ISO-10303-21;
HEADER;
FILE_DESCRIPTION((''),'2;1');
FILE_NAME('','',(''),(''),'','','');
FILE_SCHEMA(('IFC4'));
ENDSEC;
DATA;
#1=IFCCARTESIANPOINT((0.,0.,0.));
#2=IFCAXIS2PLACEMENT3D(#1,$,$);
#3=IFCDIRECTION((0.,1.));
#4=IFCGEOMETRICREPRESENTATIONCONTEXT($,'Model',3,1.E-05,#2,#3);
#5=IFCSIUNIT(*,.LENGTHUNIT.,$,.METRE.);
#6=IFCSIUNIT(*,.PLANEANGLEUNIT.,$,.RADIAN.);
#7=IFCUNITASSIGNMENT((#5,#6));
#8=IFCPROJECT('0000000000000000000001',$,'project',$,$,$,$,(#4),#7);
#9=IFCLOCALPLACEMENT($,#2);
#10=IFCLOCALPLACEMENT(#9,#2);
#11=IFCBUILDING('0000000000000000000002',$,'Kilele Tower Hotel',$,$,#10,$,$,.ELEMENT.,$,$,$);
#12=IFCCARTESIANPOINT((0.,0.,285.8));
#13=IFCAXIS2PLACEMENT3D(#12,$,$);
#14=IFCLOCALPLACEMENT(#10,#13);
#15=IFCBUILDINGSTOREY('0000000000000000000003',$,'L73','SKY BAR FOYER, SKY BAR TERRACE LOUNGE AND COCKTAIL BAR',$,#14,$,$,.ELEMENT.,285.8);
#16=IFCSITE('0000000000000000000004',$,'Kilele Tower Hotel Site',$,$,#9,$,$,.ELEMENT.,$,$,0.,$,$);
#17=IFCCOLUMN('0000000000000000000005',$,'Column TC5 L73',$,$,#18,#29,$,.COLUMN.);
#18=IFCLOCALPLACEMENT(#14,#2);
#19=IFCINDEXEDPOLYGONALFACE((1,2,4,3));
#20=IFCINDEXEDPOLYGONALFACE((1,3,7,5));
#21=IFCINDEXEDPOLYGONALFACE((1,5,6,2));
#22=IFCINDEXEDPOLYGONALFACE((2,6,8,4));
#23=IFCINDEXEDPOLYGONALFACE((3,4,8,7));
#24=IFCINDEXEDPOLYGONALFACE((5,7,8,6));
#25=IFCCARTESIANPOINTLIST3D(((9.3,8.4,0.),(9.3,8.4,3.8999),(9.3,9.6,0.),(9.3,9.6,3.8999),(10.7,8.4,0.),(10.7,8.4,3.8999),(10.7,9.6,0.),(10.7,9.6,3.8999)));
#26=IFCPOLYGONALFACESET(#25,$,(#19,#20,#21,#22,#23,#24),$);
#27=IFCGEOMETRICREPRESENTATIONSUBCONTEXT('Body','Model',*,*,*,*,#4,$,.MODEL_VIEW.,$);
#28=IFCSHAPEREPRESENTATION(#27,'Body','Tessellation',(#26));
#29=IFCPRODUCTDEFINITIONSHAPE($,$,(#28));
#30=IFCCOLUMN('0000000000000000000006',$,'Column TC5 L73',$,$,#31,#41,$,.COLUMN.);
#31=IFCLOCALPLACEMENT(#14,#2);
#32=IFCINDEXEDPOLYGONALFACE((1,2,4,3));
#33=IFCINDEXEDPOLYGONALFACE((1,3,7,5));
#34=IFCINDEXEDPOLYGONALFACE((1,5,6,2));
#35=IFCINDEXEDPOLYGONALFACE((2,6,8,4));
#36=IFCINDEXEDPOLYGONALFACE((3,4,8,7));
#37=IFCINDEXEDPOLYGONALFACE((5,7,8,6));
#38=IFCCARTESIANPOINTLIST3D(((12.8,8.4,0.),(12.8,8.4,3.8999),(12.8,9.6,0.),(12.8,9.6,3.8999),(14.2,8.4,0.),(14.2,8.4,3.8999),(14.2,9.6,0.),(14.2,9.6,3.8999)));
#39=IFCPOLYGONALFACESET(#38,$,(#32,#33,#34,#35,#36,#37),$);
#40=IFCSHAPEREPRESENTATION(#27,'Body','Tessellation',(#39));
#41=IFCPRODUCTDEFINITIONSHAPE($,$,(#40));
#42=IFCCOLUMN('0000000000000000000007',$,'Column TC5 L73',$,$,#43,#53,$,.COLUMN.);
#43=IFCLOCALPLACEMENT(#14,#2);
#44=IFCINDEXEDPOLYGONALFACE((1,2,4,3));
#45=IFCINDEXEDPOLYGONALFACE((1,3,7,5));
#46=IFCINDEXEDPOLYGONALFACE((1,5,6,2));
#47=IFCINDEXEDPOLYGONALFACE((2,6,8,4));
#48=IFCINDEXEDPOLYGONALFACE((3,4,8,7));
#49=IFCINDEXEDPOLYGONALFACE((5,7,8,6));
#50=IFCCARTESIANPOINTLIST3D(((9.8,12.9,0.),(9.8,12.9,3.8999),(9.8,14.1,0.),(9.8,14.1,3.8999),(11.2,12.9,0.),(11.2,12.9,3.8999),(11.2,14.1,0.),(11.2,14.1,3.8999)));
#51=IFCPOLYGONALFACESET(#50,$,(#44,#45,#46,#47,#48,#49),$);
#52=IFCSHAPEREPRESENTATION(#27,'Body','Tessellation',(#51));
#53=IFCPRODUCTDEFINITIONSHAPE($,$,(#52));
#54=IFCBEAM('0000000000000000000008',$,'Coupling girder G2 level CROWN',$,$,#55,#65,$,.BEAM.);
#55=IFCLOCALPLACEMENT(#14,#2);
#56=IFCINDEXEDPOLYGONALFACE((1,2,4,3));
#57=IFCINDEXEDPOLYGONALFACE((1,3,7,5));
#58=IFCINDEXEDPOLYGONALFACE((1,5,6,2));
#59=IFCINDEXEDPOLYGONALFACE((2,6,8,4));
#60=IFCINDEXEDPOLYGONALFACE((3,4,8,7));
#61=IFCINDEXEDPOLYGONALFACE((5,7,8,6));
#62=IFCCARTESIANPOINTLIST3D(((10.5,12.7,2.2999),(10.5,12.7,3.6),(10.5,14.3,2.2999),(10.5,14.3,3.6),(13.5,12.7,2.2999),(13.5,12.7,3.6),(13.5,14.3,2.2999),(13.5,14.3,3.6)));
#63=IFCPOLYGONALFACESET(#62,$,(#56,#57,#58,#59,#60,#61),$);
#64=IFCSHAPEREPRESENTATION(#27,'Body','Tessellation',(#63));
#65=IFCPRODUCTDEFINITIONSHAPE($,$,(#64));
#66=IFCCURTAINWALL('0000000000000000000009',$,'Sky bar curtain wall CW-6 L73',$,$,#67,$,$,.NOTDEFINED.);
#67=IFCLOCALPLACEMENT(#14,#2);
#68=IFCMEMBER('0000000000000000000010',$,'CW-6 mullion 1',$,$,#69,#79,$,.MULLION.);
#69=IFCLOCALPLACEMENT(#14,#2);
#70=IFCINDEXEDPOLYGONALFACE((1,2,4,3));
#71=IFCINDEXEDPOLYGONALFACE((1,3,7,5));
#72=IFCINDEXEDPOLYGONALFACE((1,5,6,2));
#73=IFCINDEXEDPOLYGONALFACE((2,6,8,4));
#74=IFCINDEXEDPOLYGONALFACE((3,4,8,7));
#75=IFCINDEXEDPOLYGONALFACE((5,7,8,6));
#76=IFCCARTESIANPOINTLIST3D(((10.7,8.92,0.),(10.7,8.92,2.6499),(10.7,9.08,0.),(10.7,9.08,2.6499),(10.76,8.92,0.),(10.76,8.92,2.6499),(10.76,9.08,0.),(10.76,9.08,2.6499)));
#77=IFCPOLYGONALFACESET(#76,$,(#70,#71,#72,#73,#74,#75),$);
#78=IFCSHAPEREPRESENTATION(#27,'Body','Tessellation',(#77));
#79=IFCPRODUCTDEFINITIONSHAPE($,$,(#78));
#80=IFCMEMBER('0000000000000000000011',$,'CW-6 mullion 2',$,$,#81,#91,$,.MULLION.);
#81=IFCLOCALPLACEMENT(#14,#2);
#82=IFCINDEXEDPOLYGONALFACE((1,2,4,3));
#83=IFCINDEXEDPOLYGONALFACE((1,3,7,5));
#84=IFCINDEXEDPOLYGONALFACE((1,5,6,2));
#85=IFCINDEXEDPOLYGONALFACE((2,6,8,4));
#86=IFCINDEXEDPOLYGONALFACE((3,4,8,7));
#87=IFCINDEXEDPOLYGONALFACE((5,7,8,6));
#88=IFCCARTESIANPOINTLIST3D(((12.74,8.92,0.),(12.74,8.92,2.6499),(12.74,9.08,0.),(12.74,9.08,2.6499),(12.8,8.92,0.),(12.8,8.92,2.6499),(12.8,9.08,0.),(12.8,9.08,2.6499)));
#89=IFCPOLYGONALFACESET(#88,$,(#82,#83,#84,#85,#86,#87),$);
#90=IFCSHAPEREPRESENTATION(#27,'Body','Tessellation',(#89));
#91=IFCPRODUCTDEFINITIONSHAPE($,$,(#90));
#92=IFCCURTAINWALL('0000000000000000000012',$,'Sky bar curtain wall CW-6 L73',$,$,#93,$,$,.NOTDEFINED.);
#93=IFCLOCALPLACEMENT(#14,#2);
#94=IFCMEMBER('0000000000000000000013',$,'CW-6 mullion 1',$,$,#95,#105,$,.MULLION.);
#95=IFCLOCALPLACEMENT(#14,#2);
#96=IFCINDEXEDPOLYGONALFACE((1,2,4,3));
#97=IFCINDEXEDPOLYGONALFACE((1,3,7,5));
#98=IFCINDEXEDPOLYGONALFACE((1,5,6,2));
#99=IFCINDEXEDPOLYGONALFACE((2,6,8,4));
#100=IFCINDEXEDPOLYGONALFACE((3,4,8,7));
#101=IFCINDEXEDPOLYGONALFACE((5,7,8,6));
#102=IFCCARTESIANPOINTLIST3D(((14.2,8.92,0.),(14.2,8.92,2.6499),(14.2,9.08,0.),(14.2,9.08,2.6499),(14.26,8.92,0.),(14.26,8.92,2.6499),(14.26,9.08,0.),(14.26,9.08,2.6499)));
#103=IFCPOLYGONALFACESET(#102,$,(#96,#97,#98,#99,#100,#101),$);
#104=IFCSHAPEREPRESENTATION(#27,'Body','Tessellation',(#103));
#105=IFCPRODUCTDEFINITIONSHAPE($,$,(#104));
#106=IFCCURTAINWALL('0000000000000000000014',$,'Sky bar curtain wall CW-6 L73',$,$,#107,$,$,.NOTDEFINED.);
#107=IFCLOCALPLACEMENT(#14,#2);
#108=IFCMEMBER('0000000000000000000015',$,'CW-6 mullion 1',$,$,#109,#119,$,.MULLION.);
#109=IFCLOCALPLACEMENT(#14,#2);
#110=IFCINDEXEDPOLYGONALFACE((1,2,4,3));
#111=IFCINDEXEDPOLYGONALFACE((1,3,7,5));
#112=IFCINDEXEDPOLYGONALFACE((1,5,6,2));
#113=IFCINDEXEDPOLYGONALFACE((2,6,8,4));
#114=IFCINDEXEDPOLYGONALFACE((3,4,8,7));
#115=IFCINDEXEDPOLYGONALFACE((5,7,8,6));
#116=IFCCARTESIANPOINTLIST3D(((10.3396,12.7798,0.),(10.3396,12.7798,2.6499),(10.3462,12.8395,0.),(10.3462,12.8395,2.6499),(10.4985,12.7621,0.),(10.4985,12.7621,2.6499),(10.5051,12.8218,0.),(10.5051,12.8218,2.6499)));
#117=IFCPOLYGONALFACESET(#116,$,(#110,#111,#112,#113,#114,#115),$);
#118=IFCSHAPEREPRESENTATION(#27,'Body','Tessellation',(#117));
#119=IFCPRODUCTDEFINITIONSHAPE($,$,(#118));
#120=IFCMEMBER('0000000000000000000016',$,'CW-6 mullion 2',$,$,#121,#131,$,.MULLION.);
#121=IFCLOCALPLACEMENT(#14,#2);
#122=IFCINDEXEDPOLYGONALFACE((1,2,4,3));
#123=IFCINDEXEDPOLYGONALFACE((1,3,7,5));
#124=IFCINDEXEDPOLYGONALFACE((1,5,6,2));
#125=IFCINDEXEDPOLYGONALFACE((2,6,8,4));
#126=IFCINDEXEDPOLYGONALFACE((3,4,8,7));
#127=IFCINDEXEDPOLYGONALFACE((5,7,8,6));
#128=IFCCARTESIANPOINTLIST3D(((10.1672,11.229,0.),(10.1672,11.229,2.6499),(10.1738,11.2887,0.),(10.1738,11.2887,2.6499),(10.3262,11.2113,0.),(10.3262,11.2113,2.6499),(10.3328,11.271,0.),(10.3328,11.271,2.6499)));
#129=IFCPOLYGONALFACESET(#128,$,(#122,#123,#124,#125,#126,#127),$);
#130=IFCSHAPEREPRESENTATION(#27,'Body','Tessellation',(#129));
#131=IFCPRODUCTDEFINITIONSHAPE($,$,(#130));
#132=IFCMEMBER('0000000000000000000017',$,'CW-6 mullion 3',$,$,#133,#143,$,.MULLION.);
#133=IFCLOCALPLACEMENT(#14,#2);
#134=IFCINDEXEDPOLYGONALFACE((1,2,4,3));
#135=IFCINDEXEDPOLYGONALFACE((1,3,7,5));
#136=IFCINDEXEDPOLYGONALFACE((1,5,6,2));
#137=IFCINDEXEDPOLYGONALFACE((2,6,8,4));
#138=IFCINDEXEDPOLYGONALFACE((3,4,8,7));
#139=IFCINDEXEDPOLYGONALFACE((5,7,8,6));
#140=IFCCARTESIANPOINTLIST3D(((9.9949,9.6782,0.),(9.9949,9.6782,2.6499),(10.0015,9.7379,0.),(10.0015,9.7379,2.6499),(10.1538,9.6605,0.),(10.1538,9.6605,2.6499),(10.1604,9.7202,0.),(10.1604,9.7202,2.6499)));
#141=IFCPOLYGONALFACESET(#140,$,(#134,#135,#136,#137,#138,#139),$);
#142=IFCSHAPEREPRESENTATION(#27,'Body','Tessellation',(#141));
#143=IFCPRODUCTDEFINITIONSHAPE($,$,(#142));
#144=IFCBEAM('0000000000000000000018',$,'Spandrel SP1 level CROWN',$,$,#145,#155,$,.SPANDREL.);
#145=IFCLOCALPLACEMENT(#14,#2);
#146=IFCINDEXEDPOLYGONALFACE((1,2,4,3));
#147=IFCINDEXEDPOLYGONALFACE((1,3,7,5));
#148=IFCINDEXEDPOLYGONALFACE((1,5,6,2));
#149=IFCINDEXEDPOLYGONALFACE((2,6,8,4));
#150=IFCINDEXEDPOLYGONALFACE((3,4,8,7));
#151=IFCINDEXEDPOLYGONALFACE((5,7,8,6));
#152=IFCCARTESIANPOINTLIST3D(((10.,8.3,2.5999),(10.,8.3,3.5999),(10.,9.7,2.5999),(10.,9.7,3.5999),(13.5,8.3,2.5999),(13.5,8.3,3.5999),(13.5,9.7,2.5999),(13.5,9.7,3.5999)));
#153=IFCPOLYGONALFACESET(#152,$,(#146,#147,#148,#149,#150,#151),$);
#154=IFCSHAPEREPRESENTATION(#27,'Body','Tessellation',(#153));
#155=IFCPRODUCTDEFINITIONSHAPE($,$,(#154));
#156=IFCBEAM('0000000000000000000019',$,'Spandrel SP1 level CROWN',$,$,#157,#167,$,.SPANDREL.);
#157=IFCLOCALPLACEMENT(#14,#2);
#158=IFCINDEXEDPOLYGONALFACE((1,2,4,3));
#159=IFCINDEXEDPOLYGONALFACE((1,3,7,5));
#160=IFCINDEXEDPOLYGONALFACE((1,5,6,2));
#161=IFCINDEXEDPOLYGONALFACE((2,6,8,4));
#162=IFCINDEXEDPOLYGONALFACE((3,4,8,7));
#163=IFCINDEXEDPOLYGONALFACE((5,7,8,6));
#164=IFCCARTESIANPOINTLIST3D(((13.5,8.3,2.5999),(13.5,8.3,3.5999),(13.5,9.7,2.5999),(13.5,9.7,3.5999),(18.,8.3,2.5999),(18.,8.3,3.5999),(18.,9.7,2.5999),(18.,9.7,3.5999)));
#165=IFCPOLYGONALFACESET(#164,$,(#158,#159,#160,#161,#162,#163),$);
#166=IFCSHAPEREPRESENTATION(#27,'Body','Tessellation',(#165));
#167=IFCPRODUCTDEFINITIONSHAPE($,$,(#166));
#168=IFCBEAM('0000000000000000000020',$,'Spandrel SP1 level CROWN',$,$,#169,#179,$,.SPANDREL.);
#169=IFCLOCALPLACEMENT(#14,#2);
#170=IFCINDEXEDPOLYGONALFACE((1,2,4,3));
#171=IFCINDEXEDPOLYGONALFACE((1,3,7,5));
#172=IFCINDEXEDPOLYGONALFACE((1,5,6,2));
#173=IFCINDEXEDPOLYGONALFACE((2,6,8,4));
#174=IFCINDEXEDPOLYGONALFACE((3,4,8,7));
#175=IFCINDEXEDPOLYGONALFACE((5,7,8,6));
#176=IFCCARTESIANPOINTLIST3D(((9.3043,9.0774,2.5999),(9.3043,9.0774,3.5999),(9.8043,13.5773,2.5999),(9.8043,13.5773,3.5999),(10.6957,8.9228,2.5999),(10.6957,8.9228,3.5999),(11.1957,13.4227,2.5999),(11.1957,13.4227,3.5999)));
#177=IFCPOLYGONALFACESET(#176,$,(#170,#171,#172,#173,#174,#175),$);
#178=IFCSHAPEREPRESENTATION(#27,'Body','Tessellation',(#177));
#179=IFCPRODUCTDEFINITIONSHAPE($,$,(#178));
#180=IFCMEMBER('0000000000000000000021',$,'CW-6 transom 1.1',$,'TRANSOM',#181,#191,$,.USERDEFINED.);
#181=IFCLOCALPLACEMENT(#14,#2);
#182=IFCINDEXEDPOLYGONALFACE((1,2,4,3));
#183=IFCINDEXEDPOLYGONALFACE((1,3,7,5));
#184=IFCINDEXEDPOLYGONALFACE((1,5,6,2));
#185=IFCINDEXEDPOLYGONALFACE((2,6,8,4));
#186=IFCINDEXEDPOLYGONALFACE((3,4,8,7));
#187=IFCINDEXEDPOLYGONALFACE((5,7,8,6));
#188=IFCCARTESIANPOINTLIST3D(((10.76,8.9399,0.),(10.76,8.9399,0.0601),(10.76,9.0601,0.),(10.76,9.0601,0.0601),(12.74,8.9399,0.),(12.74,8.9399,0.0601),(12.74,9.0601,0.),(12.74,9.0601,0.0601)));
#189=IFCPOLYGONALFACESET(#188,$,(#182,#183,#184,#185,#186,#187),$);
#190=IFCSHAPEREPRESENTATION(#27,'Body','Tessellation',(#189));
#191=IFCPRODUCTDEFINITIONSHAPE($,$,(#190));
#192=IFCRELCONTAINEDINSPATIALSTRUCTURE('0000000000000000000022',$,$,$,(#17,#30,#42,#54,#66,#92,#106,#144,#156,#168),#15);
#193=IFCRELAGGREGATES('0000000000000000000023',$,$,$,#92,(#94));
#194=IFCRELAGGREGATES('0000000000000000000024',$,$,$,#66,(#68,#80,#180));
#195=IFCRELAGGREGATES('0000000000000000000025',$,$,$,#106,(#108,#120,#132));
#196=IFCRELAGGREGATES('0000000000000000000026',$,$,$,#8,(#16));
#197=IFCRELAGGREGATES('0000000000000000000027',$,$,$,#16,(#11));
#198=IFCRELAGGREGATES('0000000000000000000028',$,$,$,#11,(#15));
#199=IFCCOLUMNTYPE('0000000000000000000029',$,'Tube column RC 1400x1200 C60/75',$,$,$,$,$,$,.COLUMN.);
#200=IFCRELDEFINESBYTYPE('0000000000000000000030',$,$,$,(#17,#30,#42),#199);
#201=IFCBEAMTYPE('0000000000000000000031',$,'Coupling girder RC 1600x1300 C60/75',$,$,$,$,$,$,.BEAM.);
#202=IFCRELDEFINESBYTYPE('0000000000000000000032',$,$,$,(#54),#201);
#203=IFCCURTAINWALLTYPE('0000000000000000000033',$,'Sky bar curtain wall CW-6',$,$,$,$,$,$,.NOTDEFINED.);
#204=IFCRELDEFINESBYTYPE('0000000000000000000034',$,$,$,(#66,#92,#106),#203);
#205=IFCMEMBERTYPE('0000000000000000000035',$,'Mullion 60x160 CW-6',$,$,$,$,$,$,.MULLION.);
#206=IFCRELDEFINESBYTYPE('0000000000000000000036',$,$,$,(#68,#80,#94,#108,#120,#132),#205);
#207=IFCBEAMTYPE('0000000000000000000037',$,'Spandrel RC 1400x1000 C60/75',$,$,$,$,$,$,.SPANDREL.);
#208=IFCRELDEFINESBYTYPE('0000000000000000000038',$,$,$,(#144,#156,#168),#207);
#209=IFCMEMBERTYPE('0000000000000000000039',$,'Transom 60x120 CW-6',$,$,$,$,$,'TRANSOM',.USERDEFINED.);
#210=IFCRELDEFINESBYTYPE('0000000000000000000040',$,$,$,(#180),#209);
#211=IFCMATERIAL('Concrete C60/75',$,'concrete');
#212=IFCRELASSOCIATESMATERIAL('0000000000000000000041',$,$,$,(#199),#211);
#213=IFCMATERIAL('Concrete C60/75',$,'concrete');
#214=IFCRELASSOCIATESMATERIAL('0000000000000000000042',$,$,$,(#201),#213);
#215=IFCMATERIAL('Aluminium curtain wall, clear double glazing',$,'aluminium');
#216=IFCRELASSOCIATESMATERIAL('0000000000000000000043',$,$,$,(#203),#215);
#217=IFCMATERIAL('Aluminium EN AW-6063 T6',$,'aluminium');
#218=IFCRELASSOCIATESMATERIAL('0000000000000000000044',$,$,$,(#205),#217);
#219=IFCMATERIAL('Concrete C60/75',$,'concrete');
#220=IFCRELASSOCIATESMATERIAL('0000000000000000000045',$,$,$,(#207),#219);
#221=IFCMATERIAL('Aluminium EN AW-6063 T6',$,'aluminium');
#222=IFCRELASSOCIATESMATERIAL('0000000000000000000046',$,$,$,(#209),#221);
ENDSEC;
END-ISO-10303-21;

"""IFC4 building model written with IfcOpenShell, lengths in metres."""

from ifc_helpers import new_model, si_unit, direction, frame, origin, origin_2d, place, context, subcontext, project, spatial, rectangle, extrude, material, material_profile, profile_set, type_object, element, aggregate, save


model = new_model("IFC4")

# Units and contexts
model_context = context("Model", 3, precision=1e-05, world=origin(), true_north=direction((0.0, 1.0)))
body_context = subcontext(model_context, "Body", "Model", "MODEL_VIEW")
ifc_project = project(units=[si_unit("LENGTHUNIT", "METRE"), si_unit("PLANEANGLEUNIT", "RADIAN")], contexts=[model_context])

# Site, building, storey
site_placement = place(None, origin())
site = spatial("IfcSite", under=ifc_project, at=site_placement, Name="Kilele Tower Hotel Site", CompositionType="ELEMENT", RefElevation=0.0)
building_placement = place(site_placement, origin())
building = spatial("IfcBuilding", under=site, at=building_placement, Name="Kilele Tower Hotel", CompositionType="ELEMENT")
storey_placement = place(building_placement, frame((0.0, 0.0, 285.8)))
storey = spatial("IfcBuildingStorey", under=building, at=storey_placement, Name="L73", Description="SKY BAR FOYER, SKY BAR TERRACE LOUNGE AND COCKTAIL BAR", CompositionType="ELEMENT", Elevation=285.8)

# Columns
ifc_material_1 = material(Name="Concrete C60/75", Category="concrete")
ifc_material_profile_1 = material_profile(ifc_material_1, rectangle(XDim=1.3999, YDim=1.2, at=origin_2d()))
ifc_profile_set_1 = profile_set([ifc_material_profile_1], Name="Concrete C60/75")
column_type = type_object("IfcColumnType", Name="Tube column RC 1400x1200 C60/75", PredefinedType="COLUMN", material=ifc_profile_set_1)
for number, where, z_axis, x_axis, name in (
    (1, (10.0, 9.0, 0.0), (0.0, 0.0, 1.0), (1.0, 0.0, 0.0), "Column TC5 L73"),
    (2, (13.5, 9.0, 0.0), (0.0, 0.0, 1.0), (1.0, 0.0, 0.0), "Column TC5 L73"),
    (3, (10.5, 13.5, 0.0), (0.0, 0.0, 1.0), (1.0, 0.0, 0.0), "Column TC5 L73"),
):
    element("IfcColumn", number, at=place(storey_placement, frame(where, z_axis=z_axis, x_axis=x_axis)), inside=storey, type_object=column_type, Name=name, PredefinedType="COLUMN", context=body_context, shape_type="SweptSolid", body=[
        extrude(rectangle(XDim=1.3999, YDim=1.2, at=origin_2d()), origin(), (0.0, 0.0, 1.0), 3.8999),
    ])

# Beam
ifc_material_2 = material(Name="Concrete C60/75", Category="concrete")
ifc_material_profile_2 = material_profile(ifc_material_2, rectangle(XDim=1.6001, YDim=1.3, at=origin_2d()))
ifc_profile_set_2 = profile_set([ifc_material_profile_2], Name="Concrete C60/75")
beam_type_1 = type_object("IfcBeamType", Name="Coupling girder RC 1600x1300 C60/75", PredefinedType="BEAM", material=ifc_profile_set_2)
beam_1_placement = place(storey_placement, frame((10.5, 13.5, 2.95), z_axis=(1.0, 0.0, 0.0), x_axis=(0.0, 1.0, 0.0)))
element("IfcBeam", 4, at=beam_1_placement, inside=storey, type_object=beam_type_1, Name="Coupling girder G2 level CROWN", PredefinedType="BEAM", context=body_context, shape_type="SweptSolid", body=[
    extrude(rectangle(XDim=1.6001, YDim=1.3, at=origin_2d()), origin(), (0.0, 0.0, 1.0), 3.0),
])

# Curtain wall, members
ifc_material_3 = material(Name="Aluminium curtain wall, clear double glazing", Category="aluminium")
curtain_wall_type = type_object("IfcCurtainWallType", Name="Sky bar curtain wall CW-6", PredefinedType="NOTDEFINED", material=ifc_material_3)
curtain_wall_1_placement = place(storey_placement, origin())
curtain_wall_1 = element("IfcCurtainWall", 5, at=curtain_wall_1_placement, inside=storey, type_object=curtain_wall_type, Name="Sky bar curtain wall CW-6 L73", PredefinedType="NOTDEFINED")
ifc_material_4 = material(Name="Aluminium EN AW-6063 T6", Category="aluminium")
ifc_material_profile_3 = material_profile(ifc_material_4, rectangle(XDim=0.1599, YDim=0.0601, at=origin_2d()))
ifc_profile_set_3 = profile_set([ifc_material_profile_3], Name="Aluminium EN AW-6063 T6")
member_type_1 = type_object("IfcMemberType", Name="Mullion 60x160 CW-6", PredefinedType="MULLION", material=ifc_profile_set_3)
member_1_placement = place(storey_placement, frame((10.73, 9.0, 0.0), z_axis=(0.0, 0.0, 1.0), x_axis=(0.0, 1.0, 0.0)))
member_1 = element("IfcMember", 6, at=member_1_placement, type_object=member_type_1, Name="CW-6 mullion 1", PredefinedType="MULLION", context=body_context, shape_type="SweptSolid", body=[
    extrude(rectangle(XDim=0.1599, YDim=0.0601, at=origin_2d()), origin(), (0.0, 0.0, 1.0), 2.6499),
])
member_2_placement = place(storey_placement, frame((12.77, 9.0, 0.0), z_axis=(0.0, 0.0, 1.0), x_axis=(0.0, 1.0, 0.0)))
member_2 = element("IfcMember", 7, at=member_2_placement, type_object=member_type_1, Name="CW-6 mullion 2", PredefinedType="MULLION", context=body_context, shape_type="SweptSolid", body=[
    extrude(rectangle(XDim=0.1599, YDim=0.0601, at=origin_2d()), origin(), (0.0, 0.0, 1.0), 2.6499),
])

# Curtain wall, member
curtain_wall_2_placement = place(storey_placement, origin())
curtain_wall_2 = element("IfcCurtainWall", 8, at=curtain_wall_2_placement, inside=storey, type_object=curtain_wall_type, Name="Sky bar curtain wall CW-6 L73", PredefinedType="NOTDEFINED")
member_3_placement = place(storey_placement, frame((14.23, 9.0, 0.0), z_axis=(0.0, 0.0, 1.0), x_axis=(0.0, 1.0, 0.0)))
member_3 = element("IfcMember", 9, at=member_3_placement, type_object=member_type_1, Name="CW-6 mullion 1", PredefinedType="MULLION", context=body_context, shape_type="SweptSolid", body=[
    extrude(rectangle(XDim=0.1599, YDim=0.0601, at=origin_2d()), origin(), (0.0, 0.0, 1.0), 2.6499),
])

# Curtain wall, members
curtain_wall_3_placement = place(storey_placement, origin())
curtain_wall_3 = element("IfcCurtainWall", 10, at=curtain_wall_3_placement, inside=storey, type_object=curtain_wall_type, Name="Sky bar curtain wall CW-6 L73", PredefinedType="NOTDEFINED")
member_4_placement = place(storey_placement, frame((10.4224, 12.8008, 0.0), z_axis=(0.0, 0.0, 1.0), x_axis=(0.993884, -0.110432, 0.0)))
member_4 = element("IfcMember", 11, at=member_4_placement, type_object=member_type_1, Name="CW-6 mullion 1", PredefinedType="MULLION", context=body_context, shape_type="SweptSolid", body=[
    extrude(rectangle(XDim=0.1599, YDim=0.0601, at=origin_2d()), origin(), (0.0, 0.0, 1.0), 2.6499),
])
member_5_placement = place(storey_placement, frame((10.25, 11.25, 0.0), z_axis=(0.0, 0.0, 1.0), x_axis=(0.993884, -0.110432, 0.0)))
member_5 = element("IfcMember", 12, at=member_5_placement, type_object=member_type_1, Name="CW-6 mullion 2", PredefinedType="MULLION", context=body_context, shape_type="SweptSolid", body=[
    extrude(rectangle(XDim=0.1599, YDim=0.0601, at=origin_2d()), origin(), (0.0, 0.0, 1.0), 2.6499),
])
member_6_placement = place(storey_placement, frame((10.0776, 9.6992, 0.0), z_axis=(0.0, 0.0, 1.0), x_axis=(0.993884, -0.110432, 0.0)))
member_6 = element("IfcMember", 13, at=member_6_placement, type_object=member_type_1, Name="CW-6 mullion 3", PredefinedType="MULLION", context=body_context, shape_type="SweptSolid", body=[
    extrude(rectangle(XDim=0.1599, YDim=0.0601, at=origin_2d()), origin(), (0.0, 0.0, 1.0), 2.6499),
])

# Beams
ifc_material_5 = material(Name="Concrete C60/75", Category="concrete")
ifc_material_profile_4 = material_profile(ifc_material_5, rectangle(XDim=1.3999, YDim=1.0, at=origin_2d()))
ifc_profile_set_4 = profile_set([ifc_material_profile_4], Name="Concrete C60/75")
beam_type_2 = type_object("IfcBeamType", Name="Spandrel RC 1400x1000 C60/75", PredefinedType="SPANDREL", material=ifc_profile_set_4)
beam_2_placement = place(storey_placement, frame((10.0, 9.0, 3.0999), z_axis=(1.0, 0.0, 0.0), x_axis=(0.0, 1.0, 0.0)))
element("IfcBeam", 14, at=beam_2_placement, inside=storey, type_object=beam_type_2, Name="Spandrel SP1 level CROWN", PredefinedType="SPANDREL", context=body_context, shape_type="SweptSolid", body=[
    extrude(rectangle(XDim=1.3999, YDim=1.0, at=origin_2d()), origin(), (0.0, 0.0, 1.0), 3.5),
])
beam_3_placement = place(storey_placement, frame((13.5, 9.0, 3.0999), z_axis=(1.0, 0.0, 0.0), x_axis=(0.0, 1.0, 0.0)))
element("IfcBeam", 15, at=beam_3_placement, inside=storey, type_object=beam_type_2, Name="Spandrel SP1 level CROWN", PredefinedType="SPANDREL", context=body_context, shape_type="SweptSolid", body=[
    extrude(rectangle(XDim=1.3999, YDim=1.0, at=origin_2d()), origin(), (0.0, 0.0, 1.0), 4.5),
])
beam_4_placement = place(storey_placement, frame((10.5, 13.5, 3.0999), z_axis=(-0.110432, -0.993884, 0.0), x_axis=(0.993884, -0.110432, 0.0)))
element("IfcBeam", 16, at=beam_4_placement, inside=storey, type_object=beam_type_2, Name="Spandrel SP1 level CROWN", PredefinedType="SPANDREL", context=body_context, shape_type="SweptSolid", body=[
    extrude(rectangle(XDim=1.3999, YDim=1.0, at=origin_2d()), origin(), (0.0, 0.0, 1.0), 4.5276),
])

# Member
ifc_material_6 = material(Name="Aluminium EN AW-6063 T6", Category="aluminium")
ifc_material_profile_5 = material_profile(ifc_material_6, rectangle(XDim=0.1201, YDim=0.0601, at=origin_2d()))
ifc_profile_set_5 = profile_set([ifc_material_profile_5], Name="Aluminium EN AW-6063 T6")
member_type_2 = type_object("IfcMemberType", Name="Transom 60x120 CW-6", ElementType="TRANSOM", PredefinedType="USERDEFINED", material=ifc_profile_set_5)
member_7_placement = place(storey_placement, frame((10.76, 9.0, 0.03), z_axis=(1.0, 0.0, 0.0), x_axis=(0.0, 1.0, 0.0)))
member_7 = element("IfcMember", 17, at=member_7_placement, type_object=member_type_2, Name="CW-6 transom 1.1", ObjectType="TRANSOM", PredefinedType="USERDEFINED", context=body_context, shape_type="SweptSolid", body=[
    extrude(rectangle(XDim=0.1201, YDim=0.0601, at=origin_2d()), origin(), (0.0, 0.0, 1.0), 1.98),
])
aggregate(curtain_wall_2, [member_3])

aggregate(curtain_wall_1, [member_1, member_2, member_7])
aggregate(curtain_wall_3, [member_4, member_5, member_6])

save(model, "model.ifc")
